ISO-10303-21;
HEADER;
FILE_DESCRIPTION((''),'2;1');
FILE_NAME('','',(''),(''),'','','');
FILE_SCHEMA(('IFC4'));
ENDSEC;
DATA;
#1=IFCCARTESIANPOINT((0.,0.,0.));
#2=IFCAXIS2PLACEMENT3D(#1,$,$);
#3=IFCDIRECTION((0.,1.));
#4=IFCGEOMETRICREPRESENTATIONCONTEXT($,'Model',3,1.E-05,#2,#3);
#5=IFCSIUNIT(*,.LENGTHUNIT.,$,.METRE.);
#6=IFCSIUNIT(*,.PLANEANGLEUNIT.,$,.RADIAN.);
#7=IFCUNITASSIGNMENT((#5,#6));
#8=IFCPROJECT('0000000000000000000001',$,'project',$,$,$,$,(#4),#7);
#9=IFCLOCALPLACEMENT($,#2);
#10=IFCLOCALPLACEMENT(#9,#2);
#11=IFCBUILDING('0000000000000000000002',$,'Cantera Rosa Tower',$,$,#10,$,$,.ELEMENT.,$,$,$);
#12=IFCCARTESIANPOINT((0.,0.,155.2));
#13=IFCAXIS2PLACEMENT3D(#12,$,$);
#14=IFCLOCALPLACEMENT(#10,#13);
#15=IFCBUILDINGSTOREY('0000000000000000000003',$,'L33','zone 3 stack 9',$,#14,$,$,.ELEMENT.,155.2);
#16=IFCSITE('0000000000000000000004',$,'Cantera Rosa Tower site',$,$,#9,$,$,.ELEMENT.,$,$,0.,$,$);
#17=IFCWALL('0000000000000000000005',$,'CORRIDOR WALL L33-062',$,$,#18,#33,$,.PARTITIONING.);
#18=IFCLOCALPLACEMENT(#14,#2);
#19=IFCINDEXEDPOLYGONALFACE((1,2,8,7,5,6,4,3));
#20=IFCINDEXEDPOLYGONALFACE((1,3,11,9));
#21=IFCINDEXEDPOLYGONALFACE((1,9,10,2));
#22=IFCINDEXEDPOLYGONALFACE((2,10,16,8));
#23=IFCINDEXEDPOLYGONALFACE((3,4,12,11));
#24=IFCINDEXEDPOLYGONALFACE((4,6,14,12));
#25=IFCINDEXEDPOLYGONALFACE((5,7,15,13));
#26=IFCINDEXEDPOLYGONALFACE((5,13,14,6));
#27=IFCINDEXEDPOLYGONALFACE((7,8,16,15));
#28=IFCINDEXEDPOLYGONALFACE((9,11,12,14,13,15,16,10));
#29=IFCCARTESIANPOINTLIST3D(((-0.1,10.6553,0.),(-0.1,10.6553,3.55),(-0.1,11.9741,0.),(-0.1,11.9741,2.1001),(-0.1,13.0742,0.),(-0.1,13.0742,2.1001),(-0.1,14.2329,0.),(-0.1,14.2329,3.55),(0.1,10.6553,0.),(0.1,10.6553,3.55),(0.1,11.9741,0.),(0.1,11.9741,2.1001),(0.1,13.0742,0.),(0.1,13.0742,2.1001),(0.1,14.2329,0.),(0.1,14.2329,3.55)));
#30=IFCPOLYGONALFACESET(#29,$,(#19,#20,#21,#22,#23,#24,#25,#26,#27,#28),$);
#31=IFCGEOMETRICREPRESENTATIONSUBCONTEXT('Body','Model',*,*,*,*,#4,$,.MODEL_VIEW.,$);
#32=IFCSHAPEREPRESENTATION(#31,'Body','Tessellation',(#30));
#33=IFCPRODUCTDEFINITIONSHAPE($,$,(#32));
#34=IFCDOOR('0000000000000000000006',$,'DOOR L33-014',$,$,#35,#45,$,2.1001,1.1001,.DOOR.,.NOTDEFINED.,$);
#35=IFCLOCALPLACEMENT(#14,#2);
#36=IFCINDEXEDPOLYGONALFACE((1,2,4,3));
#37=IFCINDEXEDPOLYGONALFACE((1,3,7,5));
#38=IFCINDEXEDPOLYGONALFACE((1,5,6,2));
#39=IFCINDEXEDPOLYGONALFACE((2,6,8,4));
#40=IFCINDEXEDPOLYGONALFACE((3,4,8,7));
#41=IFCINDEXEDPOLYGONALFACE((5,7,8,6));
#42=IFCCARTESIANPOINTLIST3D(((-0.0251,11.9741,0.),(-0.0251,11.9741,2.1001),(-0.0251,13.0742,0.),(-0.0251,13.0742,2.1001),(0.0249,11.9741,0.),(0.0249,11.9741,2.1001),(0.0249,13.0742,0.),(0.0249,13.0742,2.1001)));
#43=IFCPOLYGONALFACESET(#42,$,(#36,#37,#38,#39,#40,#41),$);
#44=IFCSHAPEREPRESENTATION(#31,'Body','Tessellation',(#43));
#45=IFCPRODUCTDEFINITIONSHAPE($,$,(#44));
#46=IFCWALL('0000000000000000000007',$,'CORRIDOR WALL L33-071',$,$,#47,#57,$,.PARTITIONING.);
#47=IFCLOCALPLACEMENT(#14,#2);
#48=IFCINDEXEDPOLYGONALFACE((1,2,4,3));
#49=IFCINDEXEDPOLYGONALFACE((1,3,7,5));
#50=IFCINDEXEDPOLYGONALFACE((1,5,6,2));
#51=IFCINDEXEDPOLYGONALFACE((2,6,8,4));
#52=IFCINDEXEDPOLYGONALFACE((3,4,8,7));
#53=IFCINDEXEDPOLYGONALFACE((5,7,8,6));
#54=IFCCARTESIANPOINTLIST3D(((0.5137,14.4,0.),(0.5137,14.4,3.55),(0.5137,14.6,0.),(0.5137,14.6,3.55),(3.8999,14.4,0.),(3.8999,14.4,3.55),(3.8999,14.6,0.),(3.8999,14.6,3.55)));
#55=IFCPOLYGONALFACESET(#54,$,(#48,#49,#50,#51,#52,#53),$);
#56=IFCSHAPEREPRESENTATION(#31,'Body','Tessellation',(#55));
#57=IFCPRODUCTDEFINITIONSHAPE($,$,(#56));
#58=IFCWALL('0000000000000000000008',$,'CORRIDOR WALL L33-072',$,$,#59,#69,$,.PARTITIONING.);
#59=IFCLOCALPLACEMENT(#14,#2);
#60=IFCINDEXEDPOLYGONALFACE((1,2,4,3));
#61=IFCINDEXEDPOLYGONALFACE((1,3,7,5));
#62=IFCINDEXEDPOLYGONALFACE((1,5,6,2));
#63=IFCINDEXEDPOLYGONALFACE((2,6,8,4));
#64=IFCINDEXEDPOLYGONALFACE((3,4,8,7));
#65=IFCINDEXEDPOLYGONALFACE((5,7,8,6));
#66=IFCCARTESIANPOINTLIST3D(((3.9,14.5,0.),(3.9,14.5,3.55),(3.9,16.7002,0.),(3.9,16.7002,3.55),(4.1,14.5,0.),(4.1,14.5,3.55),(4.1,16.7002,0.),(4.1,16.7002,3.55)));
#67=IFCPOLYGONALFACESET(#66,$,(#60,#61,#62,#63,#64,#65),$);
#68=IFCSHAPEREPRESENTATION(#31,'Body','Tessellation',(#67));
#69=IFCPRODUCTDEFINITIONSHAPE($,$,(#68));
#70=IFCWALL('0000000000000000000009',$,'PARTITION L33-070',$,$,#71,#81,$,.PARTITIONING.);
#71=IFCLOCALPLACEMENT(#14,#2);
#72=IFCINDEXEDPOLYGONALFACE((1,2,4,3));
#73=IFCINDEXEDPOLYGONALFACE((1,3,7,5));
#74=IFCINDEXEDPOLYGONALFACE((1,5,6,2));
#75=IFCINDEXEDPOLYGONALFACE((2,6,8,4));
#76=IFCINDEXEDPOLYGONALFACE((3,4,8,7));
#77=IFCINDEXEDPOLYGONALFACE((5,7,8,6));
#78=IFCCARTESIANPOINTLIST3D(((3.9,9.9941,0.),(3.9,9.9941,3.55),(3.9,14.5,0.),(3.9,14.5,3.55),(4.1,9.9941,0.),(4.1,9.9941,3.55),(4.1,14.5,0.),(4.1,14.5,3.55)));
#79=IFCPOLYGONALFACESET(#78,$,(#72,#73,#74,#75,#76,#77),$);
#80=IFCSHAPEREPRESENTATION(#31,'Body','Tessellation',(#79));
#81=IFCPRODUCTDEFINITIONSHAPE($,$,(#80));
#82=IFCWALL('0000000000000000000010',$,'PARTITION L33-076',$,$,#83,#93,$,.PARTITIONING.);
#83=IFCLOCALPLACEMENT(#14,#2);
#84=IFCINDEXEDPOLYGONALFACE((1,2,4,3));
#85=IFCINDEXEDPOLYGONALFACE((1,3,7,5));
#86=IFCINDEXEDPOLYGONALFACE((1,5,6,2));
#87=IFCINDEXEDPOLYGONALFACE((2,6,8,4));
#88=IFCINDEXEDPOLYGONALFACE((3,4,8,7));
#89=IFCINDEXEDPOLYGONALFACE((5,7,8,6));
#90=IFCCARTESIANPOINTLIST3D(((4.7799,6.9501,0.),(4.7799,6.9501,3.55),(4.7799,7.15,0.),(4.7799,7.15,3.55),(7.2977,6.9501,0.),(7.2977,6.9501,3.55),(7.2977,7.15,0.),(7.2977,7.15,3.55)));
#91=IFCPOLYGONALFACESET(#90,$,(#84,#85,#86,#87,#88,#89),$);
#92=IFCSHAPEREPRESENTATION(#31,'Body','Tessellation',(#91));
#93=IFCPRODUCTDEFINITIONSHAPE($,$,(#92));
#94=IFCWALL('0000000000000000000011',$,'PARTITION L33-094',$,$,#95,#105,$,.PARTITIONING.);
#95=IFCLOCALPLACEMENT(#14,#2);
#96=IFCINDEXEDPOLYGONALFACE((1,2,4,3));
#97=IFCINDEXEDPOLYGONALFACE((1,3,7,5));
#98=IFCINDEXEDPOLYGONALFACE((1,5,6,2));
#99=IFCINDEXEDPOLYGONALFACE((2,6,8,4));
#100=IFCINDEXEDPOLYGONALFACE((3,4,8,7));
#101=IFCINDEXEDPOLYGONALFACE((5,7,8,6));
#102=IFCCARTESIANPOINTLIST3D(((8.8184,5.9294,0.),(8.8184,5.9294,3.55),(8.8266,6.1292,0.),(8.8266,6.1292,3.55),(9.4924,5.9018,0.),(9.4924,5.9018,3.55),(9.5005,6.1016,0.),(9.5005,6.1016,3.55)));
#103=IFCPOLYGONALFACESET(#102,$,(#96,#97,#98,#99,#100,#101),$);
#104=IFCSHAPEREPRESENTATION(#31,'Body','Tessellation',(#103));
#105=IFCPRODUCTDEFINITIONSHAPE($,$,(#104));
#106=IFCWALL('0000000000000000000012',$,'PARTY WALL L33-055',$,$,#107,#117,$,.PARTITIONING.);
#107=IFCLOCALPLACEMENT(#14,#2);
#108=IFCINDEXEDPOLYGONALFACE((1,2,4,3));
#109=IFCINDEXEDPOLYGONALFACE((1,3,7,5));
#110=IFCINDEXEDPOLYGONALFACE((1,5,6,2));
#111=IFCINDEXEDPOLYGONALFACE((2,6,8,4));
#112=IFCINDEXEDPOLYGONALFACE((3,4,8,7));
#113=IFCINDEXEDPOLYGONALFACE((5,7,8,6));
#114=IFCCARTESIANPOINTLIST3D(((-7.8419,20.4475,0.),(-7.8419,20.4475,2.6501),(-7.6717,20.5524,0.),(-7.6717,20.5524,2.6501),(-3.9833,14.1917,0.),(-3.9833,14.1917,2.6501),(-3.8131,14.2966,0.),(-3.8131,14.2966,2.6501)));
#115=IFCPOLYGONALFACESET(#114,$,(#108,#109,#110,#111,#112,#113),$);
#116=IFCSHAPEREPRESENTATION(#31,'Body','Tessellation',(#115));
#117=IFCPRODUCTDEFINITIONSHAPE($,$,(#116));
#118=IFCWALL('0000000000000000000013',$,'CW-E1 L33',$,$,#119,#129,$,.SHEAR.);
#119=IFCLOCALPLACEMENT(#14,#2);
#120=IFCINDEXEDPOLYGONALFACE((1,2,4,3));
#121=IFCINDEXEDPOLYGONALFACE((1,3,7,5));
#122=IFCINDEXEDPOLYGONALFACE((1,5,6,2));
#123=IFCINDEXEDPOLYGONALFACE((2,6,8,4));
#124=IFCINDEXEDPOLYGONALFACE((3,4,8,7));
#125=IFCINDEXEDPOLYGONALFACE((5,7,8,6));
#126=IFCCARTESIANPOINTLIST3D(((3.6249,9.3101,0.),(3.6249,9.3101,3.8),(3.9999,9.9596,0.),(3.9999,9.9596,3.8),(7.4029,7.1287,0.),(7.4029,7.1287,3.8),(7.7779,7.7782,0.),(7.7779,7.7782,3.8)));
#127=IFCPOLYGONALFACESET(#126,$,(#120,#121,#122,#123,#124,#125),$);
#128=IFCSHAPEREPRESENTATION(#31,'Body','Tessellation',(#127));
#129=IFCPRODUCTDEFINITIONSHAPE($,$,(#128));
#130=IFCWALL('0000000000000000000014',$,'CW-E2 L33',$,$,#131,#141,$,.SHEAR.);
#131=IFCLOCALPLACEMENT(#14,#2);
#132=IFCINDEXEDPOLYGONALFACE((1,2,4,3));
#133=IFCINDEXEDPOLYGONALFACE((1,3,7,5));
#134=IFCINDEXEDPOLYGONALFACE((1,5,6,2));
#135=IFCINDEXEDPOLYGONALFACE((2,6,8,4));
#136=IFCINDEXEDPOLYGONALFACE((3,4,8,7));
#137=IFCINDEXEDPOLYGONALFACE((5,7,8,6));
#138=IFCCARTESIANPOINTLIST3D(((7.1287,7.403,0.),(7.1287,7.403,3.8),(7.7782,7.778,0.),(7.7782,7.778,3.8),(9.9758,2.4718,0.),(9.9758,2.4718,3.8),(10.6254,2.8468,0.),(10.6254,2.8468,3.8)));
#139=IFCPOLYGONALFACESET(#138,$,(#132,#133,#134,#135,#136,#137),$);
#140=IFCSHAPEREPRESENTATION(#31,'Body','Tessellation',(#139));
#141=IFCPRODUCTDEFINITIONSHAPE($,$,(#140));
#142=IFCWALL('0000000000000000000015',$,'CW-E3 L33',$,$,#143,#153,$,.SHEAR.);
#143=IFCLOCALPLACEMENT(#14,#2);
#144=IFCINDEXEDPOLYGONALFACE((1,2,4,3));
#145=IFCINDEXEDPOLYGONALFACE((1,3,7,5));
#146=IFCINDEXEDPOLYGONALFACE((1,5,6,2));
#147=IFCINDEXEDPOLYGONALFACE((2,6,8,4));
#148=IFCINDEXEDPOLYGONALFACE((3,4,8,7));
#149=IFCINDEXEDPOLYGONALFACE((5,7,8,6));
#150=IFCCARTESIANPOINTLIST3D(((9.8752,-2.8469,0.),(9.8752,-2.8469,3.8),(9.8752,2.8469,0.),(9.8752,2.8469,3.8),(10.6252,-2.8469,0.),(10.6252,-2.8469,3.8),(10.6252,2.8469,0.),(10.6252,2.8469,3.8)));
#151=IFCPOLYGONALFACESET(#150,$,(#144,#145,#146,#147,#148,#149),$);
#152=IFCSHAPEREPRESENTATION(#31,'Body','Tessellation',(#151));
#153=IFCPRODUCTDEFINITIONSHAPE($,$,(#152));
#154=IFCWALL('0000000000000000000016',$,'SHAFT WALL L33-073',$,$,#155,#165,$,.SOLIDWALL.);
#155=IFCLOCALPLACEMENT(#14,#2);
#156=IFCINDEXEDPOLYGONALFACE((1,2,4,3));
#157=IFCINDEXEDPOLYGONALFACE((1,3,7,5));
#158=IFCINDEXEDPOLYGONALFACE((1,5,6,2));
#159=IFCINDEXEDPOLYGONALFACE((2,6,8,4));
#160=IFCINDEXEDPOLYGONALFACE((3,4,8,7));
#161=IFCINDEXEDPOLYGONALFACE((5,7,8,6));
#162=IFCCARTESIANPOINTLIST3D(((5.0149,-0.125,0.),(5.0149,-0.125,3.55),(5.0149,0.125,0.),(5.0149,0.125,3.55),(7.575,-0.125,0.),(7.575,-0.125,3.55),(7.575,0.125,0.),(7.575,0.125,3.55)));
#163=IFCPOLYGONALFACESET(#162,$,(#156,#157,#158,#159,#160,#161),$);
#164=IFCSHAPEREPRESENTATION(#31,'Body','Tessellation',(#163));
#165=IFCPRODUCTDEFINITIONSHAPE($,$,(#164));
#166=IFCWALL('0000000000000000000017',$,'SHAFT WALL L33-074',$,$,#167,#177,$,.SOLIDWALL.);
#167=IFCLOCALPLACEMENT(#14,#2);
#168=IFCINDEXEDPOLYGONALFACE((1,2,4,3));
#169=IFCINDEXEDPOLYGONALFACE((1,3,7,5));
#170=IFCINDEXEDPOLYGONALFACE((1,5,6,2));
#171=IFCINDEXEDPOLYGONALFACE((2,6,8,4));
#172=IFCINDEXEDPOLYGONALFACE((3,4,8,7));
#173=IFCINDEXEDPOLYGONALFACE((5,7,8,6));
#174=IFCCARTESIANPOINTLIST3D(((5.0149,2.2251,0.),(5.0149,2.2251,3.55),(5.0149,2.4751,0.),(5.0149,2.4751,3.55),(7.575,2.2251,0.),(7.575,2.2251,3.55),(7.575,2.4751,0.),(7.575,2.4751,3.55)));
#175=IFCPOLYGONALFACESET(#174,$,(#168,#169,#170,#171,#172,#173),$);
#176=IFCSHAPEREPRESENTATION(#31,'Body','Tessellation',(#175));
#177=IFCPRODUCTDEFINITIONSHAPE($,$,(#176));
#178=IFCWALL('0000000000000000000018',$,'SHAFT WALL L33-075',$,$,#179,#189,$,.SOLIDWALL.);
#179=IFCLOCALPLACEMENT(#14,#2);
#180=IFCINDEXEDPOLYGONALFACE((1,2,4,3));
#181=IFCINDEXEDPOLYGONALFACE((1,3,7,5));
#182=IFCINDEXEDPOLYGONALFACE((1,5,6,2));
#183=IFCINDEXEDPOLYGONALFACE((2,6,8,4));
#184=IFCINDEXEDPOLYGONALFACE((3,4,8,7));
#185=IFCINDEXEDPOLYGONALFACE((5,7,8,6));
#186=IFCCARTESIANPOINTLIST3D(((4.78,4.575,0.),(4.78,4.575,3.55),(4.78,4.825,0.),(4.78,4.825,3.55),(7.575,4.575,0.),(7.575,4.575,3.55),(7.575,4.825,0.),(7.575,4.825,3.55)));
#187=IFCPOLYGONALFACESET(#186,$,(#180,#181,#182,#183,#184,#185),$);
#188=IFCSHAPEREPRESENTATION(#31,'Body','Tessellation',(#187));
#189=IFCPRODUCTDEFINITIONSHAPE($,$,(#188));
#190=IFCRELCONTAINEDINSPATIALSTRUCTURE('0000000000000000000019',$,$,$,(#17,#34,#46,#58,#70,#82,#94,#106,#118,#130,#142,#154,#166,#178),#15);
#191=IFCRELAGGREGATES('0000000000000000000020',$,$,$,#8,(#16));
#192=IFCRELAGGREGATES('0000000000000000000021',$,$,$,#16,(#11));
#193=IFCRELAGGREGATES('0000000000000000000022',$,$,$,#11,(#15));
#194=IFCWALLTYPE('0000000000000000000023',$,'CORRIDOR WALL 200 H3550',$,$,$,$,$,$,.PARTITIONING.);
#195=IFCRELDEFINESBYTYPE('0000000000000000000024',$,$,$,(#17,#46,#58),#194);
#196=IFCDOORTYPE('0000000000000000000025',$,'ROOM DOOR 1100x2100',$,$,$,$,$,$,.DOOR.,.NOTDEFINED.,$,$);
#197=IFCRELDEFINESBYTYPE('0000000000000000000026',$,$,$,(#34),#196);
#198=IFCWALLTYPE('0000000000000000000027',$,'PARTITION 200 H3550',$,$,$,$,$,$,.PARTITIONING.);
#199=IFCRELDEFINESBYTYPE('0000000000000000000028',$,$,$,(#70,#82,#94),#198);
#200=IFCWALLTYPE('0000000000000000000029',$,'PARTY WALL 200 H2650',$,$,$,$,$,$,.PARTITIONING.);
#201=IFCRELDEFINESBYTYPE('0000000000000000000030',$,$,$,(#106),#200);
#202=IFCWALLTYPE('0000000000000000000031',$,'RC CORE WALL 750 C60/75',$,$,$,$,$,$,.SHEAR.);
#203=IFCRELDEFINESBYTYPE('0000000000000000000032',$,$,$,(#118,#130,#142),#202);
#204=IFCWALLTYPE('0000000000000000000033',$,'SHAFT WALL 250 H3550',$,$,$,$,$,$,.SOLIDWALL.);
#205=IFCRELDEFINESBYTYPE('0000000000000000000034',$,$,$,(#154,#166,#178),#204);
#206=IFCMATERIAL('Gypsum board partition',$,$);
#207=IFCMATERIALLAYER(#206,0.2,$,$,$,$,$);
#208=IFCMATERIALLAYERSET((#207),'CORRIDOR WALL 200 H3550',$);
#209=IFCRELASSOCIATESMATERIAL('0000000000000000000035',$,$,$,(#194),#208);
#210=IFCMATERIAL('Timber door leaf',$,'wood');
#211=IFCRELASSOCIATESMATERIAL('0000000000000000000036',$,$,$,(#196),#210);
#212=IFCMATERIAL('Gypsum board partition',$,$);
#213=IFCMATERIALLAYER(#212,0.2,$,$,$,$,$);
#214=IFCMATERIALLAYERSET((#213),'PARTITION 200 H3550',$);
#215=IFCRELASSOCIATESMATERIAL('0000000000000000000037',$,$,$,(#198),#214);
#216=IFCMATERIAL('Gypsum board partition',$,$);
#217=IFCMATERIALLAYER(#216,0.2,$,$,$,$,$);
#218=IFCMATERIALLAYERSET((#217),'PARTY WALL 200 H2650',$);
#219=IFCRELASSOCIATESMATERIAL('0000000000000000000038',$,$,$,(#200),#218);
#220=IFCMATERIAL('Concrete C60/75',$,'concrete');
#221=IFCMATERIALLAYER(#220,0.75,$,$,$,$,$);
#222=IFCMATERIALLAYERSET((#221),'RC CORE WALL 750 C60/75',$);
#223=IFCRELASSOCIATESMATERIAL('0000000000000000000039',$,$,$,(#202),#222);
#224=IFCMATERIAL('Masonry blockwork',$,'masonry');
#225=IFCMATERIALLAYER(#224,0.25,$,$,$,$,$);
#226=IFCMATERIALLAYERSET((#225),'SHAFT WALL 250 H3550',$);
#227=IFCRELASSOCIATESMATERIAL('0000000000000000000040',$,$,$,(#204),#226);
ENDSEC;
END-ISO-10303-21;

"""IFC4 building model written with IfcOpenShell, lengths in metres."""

from ifc_helpers import new_model, si_unit, direction, frame, frame_2d, origin, place, context, subcontext, project, spatial, rectangle, extrude, material, layer, layer_set, type_object, element, fill, save


model = new_model("IFC4")

# Units and contexts
model_context = context("Model", 3, precision=1e-05, world=origin(), true_north=direction((0.0, 1.0)))
body_context = subcontext(model_context, "Body", "Model", "MODEL_VIEW")
ifc_project = project(units=[si_unit("LENGTHUNIT", "METRE"), si_unit("PLANEANGLEUNIT", "RADIAN")], contexts=[model_context])

# Site, building, storey
site_placement = place(None, origin())
site = spatial("IfcSite", under=ifc_project, at=site_placement, Name="Cantera Rosa Tower site", CompositionType="ELEMENT", RefElevation=0.0)
building_placement = place(site_placement, origin())
building = spatial("IfcBuilding", under=site, at=building_placement, Name="Cantera Rosa Tower", CompositionType="ELEMENT")
storey_placement = place(building_placement, frame((0.0, 0.0, 155.2)))
storey = spatial("IfcBuildingStorey", under=building, at=storey_placement, Name="L33", Description="zone 3 stack 9", CompositionType="ELEMENT", Elevation=155.2)

# Shared definitions
ifc_material_1 = material(Name="Gypsum board partition")
ifc_layer_1 = layer(ifc_material_1, 0.2)
ifc_layer_set_1 = layer_set([ifc_layer_1], Name="CORRIDOR WALL 200 H3550")
wall_type_1 = type_object("IfcWallType", Name="CORRIDOR WALL 200 H3550", PredefinedType="PARTITIONING", material=ifc_layer_set_1)

# Wall, opening, door
wall_1_placement = place(storey_placement, frame((0.0, 14.2329, 0.0), z_axis=(0.0, 0.0, 1.0), x_axis=(0.0, -1.0, 0.0)))
wall_1 = element("IfcWall", 1, at=wall_1_placement, inside=storey, type_object=wall_type_1, Name="CORRIDOR WALL L33-062", PredefinedType="PARTITIONING", context=body_context, shape_type="SweptSolid", body=[
    extrude(rectangle(XDim=3.5776, YDim=0.2, at=frame_2d((1.7888, 0.0))), origin(), (0.0, 0.0, 1.0), 3.55),
])
opening_1_placement = place(wall_1_placement, frame((1.1587, 0.0, 0.0)))
opening_1 = element("IfcOpeningElement", 2, at=opening_1_placement, cuts=wall_1, PredefinedType="OPENING", context=body_context, shape_type="SweptSolid", body=[
    extrude(rectangle(XDim=1.1001, YDim=2.1001, at=frame_2d((0.55, 1.05))), frame((0.0, 0.1099, 0.0), z_axis=(0.0, -1.0, 0.0), x_axis=(1.0, 0.0, 0.0)), (0.0, 0.0, 1.0), 0.22),
])
ifc_material_2 = material(Name="Timber door leaf", Category="wood")
door_type_1 = type_object("IfcDoorType", Name="ROOM DOOR 1100x2100", OperationType="NOTDEFINED", PredefinedType="DOOR", material=ifc_material_2)
door_1_placement = place(opening_1_placement, origin())
door_1 = element("IfcDoor", 3, at=door_1_placement, inside=storey, type_object=door_type_1, Name="DOOR L33-014", OperationType="NOTDEFINED", OverallHeight=2.1001, OverallWidth=1.1001, PredefinedType="DOOR", context=body_context, shape_type="SweptSolid", body=[
    extrude(rectangle(XDim=1.1001, YDim=2.1001, at=frame_2d((0.55, 1.05))), frame((0.0, 0.0249, 0.0), z_axis=(0.0, -1.0, 0.0), x_axis=(1.0, 0.0, 0.0)), (0.0, 0.0, 1.0), 0.05),
])
fill(opening_1, door_1)

# Walls
wall_2_placement = place(storey_placement, frame((3.8999, 14.5, 0.0), z_axis=(0.0, 0.0, 1.0), x_axis=(-1.0, 0.0, 0.0)))
element("IfcWall", 4, at=wall_2_placement, inside=storey, type_object=wall_type_1, Name="CORRIDOR WALL L33-071", PredefinedType="PARTITIONING", context=body_context, shape_type="SweptSolid", body=[
    extrude(rectangle(XDim=3.3862, YDim=0.2, at=frame_2d((1.6931, 0.0))), origin(), (0.0, 0.0, 1.0), 3.55),
])
wall_3_placement = place(storey_placement, frame((4.0, 14.5, 0.0), z_axis=(0.0, 0.0, 1.0), x_axis=(0.0, 1.0, 0.0)))
element("IfcWall", 5, at=wall_3_placement, inside=storey, type_object=wall_type_1, Name="CORRIDOR WALL L33-072", PredefinedType="PARTITIONING", context=body_context, shape_type="SweptSolid", body=[
    extrude(rectangle(XDim=2.2002, YDim=0.2, at=frame_2d((1.1001, 0.0))), origin(), (0.0, 0.0, 1.0), 3.55),
])
ifc_material_3 = material(Name="Gypsum board partition")
ifc_layer_2 = layer(ifc_material_3, 0.2)
ifc_layer_set_2 = layer_set([ifc_layer_2], Name="PARTITION 200 H3550")
wall_type_2 = type_object("IfcWallType", Name="PARTITION 200 H3550", PredefinedType="PARTITIONING", material=ifc_layer_set_2)
wall_4_placement = place(storey_placement, frame((4.0, 9.9941, 0.0), z_axis=(0.0, 0.0, 1.0), x_axis=(0.0, 1.0, 0.0)))
element("IfcWall", 6, at=wall_4_placement, inside=storey, type_object=wall_type_2, Name="PARTITION L33-070", PredefinedType="PARTITIONING", context=body_context, shape_type="SweptSolid", body=[
    extrude(rectangle(XDim=4.5059, YDim=0.2, at=frame_2d((2.2529, 0.0))), origin(), (0.0, 0.0, 1.0), 3.55),
])
wall_5_placement = place(storey_placement, frame((4.78, 7.05, 0.0), z_axis=(0.0, 0.0, 1.0), x_axis=(1.0, 0.0, 0.0)))
element("IfcWall", 7, at=wall_5_placement, inside=storey, type_object=wall_type_2, Name="PARTITION L33-076", PredefinedType="PARTITIONING", context=body_context, shape_type="SweptSolid", body=[
    extrude(rectangle(XDim=2.5178, YDim=0.2, at=frame_2d((1.2588, 0.0))), origin(), (0.0, 0.0, 1.0), 3.55),
])
wall_6_placement = place(storey_placement, frame((9.4966, 6.0017, 0.0), z_axis=(0.0, 0.0, 1.0), x_axis=(-0.999164, 0.040893, 0.0)))
element("IfcWall", 8, at=wall_6_placement, inside=storey, type_object=wall_type_2, Name="PARTITION L33-094", PredefinedType="PARTITIONING", context=body_context, shape_type="SweptSolid", body=[
    extrude(rectangle(XDim=0.6746, YDim=0.2, at=frame_2d((0.3374, 0.0))), origin(), (0.0, 0.0, 1.0), 3.55),
])
ifc_material_4 = material(Name="Gypsum board partition")
ifc_layer_3 = layer(ifc_material_4, 0.2)
ifc_layer_set_3 = layer_set([ifc_layer_3], Name="PARTY WALL 200 H2650")
wall_type_3 = type_object("IfcWallType", Name="PARTY WALL 200 H2650", PredefinedType="PARTITIONING", material=ifc_layer_set_3)
wall_7_placement = place(storey_placement, frame((-3.8982, 14.2441, 0.0), z_axis=(0.0, 0.0, 1.0), x_axis=(-0.524974, 0.851118, 0.0)))
element("IfcWall", 9, at=wall_7_placement, inside=storey, type_object=wall_type_3, Name="PARTY WALL L33-055", PredefinedType="PARTITIONING", context=body_context, shape_type="SweptSolid", body=[
    extrude(rectangle(XDim=7.3501, YDim=0.2, at=frame_2d((3.675, 0.0))), origin(), (0.0, 0.0, 1.0), 2.6501),
])
ifc_material_5 = material(Name="Concrete C60/75", Category="concrete")
ifc_layer_4 = layer(ifc_material_5, 0.75)
ifc_layer_set_4 = layer_set([ifc_layer_4], Name="RC CORE WALL 750 C60/75")
wall_type_4 = type_object("IfcWallType", Name="RC CORE WALL 750 C60/75", PredefinedType="SHEAR", material=ifc_layer_set_4)
wall_8_placement = place(storey_placement, frame((3.8125, 9.6348, 0.0), z_axis=(0.0, 0.0, 1.0), x_axis=(0.866013, -0.500021, 0.0)))
element("IfcWall", 10, at=wall_8_placement, inside=storey, type_object=wall_type_4, Name="CW-E1 L33", PredefinedType="SHEAR", context=body_context, shape_type="SweptSolid", body=[
    extrude(rectangle(XDim=4.3625, YDim=0.75, at=frame_2d((2.1812, 0.0))), origin(), (0.0, 0.0, 1.0), 3.8),
])
wall_9_placement = place(storey_placement, frame((7.4534, 7.5906, 0.0), z_axis=(0.0, 0.0, 1.0), x_axis=(0.500022, -0.866013, 0.0)))
element("IfcWall", 11, at=wall_9_placement, inside=storey, type_object=wall_type_4, Name="CW-E2 L33", PredefinedType="SHEAR", context=body_context, shape_type="SweptSolid", body=[
    extrude(rectangle(XDim=5.6941, YDim=0.75, at=frame_2d((2.8472, 0.0))), origin(), (0.0, 0.0, 1.0), 3.8),
])
wall_10_placement = place(storey_placement, frame((10.2502, 2.8469, 0.0), z_axis=(0.0, 0.0, 1.0), x_axis=(0.0, -1.0, 0.0)))
element("IfcWall", 12, at=wall_10_placement, inside=storey, type_object=wall_type_4, Name="CW-E3 L33", PredefinedType="SHEAR", context=body_context, shape_type="SweptSolid", body=[
    extrude(rectangle(XDim=5.6938, YDim=0.75, at=frame_2d((2.8469, 0.0))), origin(), (0.0, 0.0, 1.0), 3.8),
])
ifc_material_6 = material(Name="Masonry blockwork", Category="masonry")
ifc_layer_5 = layer(ifc_material_6, 0.25)
ifc_layer_set_5 = layer_set([ifc_layer_5], Name="SHAFT WALL 250 H3550")
wall_type_5 = type_object("IfcWallType", Name="SHAFT WALL 250 H3550", PredefinedType="SOLIDWALL", material=ifc_layer_set_5)
for number, where, z_axis, x_axis, name in (
    (13, (5.0149, 0.0, 0.0), (0.0, 0.0, 1.0), (1.0, 0.0, 0.0), "SHAFT WALL L33-073"),
    (14, (5.0149, 2.3501, 0.0), (0.0, 0.0, 1.0), (1.0, 0.0, 0.0), "SHAFT WALL L33-074"),
):
    element("IfcWall", number, at=place(storey_placement, frame(where, z_axis=z_axis, x_axis=x_axis)), inside=storey, type_object=wall_type_5, Name=name, PredefinedType="SOLIDWALL", context=body_context, shape_type="SweptSolid", body=[
        extrude(rectangle(XDim=2.5601, YDim=0.25, at=frame_2d((1.28, 0.0))), origin(), (0.0, 0.0, 1.0), 3.55),
    ])
wall_11_placement = place(storey_placement, frame((4.78, 4.7, 0.0), z_axis=(0.0, 0.0, 1.0), x_axis=(1.0, 0.0, 0.0)))
element("IfcWall", 15, at=wall_11_placement, inside=storey, type_object=wall_type_5, Name="SHAFT WALL L33-075", PredefinedType="SOLIDWALL", context=body_context, shape_type="SweptSolid", body=[
    extrude(rectangle(XDim=2.7949, YDim=0.25, at=frame_2d((1.3975, 0.0))), origin(), (0.0, 0.0, 1.0), 3.55),
])

save(model, "model.ifc")
